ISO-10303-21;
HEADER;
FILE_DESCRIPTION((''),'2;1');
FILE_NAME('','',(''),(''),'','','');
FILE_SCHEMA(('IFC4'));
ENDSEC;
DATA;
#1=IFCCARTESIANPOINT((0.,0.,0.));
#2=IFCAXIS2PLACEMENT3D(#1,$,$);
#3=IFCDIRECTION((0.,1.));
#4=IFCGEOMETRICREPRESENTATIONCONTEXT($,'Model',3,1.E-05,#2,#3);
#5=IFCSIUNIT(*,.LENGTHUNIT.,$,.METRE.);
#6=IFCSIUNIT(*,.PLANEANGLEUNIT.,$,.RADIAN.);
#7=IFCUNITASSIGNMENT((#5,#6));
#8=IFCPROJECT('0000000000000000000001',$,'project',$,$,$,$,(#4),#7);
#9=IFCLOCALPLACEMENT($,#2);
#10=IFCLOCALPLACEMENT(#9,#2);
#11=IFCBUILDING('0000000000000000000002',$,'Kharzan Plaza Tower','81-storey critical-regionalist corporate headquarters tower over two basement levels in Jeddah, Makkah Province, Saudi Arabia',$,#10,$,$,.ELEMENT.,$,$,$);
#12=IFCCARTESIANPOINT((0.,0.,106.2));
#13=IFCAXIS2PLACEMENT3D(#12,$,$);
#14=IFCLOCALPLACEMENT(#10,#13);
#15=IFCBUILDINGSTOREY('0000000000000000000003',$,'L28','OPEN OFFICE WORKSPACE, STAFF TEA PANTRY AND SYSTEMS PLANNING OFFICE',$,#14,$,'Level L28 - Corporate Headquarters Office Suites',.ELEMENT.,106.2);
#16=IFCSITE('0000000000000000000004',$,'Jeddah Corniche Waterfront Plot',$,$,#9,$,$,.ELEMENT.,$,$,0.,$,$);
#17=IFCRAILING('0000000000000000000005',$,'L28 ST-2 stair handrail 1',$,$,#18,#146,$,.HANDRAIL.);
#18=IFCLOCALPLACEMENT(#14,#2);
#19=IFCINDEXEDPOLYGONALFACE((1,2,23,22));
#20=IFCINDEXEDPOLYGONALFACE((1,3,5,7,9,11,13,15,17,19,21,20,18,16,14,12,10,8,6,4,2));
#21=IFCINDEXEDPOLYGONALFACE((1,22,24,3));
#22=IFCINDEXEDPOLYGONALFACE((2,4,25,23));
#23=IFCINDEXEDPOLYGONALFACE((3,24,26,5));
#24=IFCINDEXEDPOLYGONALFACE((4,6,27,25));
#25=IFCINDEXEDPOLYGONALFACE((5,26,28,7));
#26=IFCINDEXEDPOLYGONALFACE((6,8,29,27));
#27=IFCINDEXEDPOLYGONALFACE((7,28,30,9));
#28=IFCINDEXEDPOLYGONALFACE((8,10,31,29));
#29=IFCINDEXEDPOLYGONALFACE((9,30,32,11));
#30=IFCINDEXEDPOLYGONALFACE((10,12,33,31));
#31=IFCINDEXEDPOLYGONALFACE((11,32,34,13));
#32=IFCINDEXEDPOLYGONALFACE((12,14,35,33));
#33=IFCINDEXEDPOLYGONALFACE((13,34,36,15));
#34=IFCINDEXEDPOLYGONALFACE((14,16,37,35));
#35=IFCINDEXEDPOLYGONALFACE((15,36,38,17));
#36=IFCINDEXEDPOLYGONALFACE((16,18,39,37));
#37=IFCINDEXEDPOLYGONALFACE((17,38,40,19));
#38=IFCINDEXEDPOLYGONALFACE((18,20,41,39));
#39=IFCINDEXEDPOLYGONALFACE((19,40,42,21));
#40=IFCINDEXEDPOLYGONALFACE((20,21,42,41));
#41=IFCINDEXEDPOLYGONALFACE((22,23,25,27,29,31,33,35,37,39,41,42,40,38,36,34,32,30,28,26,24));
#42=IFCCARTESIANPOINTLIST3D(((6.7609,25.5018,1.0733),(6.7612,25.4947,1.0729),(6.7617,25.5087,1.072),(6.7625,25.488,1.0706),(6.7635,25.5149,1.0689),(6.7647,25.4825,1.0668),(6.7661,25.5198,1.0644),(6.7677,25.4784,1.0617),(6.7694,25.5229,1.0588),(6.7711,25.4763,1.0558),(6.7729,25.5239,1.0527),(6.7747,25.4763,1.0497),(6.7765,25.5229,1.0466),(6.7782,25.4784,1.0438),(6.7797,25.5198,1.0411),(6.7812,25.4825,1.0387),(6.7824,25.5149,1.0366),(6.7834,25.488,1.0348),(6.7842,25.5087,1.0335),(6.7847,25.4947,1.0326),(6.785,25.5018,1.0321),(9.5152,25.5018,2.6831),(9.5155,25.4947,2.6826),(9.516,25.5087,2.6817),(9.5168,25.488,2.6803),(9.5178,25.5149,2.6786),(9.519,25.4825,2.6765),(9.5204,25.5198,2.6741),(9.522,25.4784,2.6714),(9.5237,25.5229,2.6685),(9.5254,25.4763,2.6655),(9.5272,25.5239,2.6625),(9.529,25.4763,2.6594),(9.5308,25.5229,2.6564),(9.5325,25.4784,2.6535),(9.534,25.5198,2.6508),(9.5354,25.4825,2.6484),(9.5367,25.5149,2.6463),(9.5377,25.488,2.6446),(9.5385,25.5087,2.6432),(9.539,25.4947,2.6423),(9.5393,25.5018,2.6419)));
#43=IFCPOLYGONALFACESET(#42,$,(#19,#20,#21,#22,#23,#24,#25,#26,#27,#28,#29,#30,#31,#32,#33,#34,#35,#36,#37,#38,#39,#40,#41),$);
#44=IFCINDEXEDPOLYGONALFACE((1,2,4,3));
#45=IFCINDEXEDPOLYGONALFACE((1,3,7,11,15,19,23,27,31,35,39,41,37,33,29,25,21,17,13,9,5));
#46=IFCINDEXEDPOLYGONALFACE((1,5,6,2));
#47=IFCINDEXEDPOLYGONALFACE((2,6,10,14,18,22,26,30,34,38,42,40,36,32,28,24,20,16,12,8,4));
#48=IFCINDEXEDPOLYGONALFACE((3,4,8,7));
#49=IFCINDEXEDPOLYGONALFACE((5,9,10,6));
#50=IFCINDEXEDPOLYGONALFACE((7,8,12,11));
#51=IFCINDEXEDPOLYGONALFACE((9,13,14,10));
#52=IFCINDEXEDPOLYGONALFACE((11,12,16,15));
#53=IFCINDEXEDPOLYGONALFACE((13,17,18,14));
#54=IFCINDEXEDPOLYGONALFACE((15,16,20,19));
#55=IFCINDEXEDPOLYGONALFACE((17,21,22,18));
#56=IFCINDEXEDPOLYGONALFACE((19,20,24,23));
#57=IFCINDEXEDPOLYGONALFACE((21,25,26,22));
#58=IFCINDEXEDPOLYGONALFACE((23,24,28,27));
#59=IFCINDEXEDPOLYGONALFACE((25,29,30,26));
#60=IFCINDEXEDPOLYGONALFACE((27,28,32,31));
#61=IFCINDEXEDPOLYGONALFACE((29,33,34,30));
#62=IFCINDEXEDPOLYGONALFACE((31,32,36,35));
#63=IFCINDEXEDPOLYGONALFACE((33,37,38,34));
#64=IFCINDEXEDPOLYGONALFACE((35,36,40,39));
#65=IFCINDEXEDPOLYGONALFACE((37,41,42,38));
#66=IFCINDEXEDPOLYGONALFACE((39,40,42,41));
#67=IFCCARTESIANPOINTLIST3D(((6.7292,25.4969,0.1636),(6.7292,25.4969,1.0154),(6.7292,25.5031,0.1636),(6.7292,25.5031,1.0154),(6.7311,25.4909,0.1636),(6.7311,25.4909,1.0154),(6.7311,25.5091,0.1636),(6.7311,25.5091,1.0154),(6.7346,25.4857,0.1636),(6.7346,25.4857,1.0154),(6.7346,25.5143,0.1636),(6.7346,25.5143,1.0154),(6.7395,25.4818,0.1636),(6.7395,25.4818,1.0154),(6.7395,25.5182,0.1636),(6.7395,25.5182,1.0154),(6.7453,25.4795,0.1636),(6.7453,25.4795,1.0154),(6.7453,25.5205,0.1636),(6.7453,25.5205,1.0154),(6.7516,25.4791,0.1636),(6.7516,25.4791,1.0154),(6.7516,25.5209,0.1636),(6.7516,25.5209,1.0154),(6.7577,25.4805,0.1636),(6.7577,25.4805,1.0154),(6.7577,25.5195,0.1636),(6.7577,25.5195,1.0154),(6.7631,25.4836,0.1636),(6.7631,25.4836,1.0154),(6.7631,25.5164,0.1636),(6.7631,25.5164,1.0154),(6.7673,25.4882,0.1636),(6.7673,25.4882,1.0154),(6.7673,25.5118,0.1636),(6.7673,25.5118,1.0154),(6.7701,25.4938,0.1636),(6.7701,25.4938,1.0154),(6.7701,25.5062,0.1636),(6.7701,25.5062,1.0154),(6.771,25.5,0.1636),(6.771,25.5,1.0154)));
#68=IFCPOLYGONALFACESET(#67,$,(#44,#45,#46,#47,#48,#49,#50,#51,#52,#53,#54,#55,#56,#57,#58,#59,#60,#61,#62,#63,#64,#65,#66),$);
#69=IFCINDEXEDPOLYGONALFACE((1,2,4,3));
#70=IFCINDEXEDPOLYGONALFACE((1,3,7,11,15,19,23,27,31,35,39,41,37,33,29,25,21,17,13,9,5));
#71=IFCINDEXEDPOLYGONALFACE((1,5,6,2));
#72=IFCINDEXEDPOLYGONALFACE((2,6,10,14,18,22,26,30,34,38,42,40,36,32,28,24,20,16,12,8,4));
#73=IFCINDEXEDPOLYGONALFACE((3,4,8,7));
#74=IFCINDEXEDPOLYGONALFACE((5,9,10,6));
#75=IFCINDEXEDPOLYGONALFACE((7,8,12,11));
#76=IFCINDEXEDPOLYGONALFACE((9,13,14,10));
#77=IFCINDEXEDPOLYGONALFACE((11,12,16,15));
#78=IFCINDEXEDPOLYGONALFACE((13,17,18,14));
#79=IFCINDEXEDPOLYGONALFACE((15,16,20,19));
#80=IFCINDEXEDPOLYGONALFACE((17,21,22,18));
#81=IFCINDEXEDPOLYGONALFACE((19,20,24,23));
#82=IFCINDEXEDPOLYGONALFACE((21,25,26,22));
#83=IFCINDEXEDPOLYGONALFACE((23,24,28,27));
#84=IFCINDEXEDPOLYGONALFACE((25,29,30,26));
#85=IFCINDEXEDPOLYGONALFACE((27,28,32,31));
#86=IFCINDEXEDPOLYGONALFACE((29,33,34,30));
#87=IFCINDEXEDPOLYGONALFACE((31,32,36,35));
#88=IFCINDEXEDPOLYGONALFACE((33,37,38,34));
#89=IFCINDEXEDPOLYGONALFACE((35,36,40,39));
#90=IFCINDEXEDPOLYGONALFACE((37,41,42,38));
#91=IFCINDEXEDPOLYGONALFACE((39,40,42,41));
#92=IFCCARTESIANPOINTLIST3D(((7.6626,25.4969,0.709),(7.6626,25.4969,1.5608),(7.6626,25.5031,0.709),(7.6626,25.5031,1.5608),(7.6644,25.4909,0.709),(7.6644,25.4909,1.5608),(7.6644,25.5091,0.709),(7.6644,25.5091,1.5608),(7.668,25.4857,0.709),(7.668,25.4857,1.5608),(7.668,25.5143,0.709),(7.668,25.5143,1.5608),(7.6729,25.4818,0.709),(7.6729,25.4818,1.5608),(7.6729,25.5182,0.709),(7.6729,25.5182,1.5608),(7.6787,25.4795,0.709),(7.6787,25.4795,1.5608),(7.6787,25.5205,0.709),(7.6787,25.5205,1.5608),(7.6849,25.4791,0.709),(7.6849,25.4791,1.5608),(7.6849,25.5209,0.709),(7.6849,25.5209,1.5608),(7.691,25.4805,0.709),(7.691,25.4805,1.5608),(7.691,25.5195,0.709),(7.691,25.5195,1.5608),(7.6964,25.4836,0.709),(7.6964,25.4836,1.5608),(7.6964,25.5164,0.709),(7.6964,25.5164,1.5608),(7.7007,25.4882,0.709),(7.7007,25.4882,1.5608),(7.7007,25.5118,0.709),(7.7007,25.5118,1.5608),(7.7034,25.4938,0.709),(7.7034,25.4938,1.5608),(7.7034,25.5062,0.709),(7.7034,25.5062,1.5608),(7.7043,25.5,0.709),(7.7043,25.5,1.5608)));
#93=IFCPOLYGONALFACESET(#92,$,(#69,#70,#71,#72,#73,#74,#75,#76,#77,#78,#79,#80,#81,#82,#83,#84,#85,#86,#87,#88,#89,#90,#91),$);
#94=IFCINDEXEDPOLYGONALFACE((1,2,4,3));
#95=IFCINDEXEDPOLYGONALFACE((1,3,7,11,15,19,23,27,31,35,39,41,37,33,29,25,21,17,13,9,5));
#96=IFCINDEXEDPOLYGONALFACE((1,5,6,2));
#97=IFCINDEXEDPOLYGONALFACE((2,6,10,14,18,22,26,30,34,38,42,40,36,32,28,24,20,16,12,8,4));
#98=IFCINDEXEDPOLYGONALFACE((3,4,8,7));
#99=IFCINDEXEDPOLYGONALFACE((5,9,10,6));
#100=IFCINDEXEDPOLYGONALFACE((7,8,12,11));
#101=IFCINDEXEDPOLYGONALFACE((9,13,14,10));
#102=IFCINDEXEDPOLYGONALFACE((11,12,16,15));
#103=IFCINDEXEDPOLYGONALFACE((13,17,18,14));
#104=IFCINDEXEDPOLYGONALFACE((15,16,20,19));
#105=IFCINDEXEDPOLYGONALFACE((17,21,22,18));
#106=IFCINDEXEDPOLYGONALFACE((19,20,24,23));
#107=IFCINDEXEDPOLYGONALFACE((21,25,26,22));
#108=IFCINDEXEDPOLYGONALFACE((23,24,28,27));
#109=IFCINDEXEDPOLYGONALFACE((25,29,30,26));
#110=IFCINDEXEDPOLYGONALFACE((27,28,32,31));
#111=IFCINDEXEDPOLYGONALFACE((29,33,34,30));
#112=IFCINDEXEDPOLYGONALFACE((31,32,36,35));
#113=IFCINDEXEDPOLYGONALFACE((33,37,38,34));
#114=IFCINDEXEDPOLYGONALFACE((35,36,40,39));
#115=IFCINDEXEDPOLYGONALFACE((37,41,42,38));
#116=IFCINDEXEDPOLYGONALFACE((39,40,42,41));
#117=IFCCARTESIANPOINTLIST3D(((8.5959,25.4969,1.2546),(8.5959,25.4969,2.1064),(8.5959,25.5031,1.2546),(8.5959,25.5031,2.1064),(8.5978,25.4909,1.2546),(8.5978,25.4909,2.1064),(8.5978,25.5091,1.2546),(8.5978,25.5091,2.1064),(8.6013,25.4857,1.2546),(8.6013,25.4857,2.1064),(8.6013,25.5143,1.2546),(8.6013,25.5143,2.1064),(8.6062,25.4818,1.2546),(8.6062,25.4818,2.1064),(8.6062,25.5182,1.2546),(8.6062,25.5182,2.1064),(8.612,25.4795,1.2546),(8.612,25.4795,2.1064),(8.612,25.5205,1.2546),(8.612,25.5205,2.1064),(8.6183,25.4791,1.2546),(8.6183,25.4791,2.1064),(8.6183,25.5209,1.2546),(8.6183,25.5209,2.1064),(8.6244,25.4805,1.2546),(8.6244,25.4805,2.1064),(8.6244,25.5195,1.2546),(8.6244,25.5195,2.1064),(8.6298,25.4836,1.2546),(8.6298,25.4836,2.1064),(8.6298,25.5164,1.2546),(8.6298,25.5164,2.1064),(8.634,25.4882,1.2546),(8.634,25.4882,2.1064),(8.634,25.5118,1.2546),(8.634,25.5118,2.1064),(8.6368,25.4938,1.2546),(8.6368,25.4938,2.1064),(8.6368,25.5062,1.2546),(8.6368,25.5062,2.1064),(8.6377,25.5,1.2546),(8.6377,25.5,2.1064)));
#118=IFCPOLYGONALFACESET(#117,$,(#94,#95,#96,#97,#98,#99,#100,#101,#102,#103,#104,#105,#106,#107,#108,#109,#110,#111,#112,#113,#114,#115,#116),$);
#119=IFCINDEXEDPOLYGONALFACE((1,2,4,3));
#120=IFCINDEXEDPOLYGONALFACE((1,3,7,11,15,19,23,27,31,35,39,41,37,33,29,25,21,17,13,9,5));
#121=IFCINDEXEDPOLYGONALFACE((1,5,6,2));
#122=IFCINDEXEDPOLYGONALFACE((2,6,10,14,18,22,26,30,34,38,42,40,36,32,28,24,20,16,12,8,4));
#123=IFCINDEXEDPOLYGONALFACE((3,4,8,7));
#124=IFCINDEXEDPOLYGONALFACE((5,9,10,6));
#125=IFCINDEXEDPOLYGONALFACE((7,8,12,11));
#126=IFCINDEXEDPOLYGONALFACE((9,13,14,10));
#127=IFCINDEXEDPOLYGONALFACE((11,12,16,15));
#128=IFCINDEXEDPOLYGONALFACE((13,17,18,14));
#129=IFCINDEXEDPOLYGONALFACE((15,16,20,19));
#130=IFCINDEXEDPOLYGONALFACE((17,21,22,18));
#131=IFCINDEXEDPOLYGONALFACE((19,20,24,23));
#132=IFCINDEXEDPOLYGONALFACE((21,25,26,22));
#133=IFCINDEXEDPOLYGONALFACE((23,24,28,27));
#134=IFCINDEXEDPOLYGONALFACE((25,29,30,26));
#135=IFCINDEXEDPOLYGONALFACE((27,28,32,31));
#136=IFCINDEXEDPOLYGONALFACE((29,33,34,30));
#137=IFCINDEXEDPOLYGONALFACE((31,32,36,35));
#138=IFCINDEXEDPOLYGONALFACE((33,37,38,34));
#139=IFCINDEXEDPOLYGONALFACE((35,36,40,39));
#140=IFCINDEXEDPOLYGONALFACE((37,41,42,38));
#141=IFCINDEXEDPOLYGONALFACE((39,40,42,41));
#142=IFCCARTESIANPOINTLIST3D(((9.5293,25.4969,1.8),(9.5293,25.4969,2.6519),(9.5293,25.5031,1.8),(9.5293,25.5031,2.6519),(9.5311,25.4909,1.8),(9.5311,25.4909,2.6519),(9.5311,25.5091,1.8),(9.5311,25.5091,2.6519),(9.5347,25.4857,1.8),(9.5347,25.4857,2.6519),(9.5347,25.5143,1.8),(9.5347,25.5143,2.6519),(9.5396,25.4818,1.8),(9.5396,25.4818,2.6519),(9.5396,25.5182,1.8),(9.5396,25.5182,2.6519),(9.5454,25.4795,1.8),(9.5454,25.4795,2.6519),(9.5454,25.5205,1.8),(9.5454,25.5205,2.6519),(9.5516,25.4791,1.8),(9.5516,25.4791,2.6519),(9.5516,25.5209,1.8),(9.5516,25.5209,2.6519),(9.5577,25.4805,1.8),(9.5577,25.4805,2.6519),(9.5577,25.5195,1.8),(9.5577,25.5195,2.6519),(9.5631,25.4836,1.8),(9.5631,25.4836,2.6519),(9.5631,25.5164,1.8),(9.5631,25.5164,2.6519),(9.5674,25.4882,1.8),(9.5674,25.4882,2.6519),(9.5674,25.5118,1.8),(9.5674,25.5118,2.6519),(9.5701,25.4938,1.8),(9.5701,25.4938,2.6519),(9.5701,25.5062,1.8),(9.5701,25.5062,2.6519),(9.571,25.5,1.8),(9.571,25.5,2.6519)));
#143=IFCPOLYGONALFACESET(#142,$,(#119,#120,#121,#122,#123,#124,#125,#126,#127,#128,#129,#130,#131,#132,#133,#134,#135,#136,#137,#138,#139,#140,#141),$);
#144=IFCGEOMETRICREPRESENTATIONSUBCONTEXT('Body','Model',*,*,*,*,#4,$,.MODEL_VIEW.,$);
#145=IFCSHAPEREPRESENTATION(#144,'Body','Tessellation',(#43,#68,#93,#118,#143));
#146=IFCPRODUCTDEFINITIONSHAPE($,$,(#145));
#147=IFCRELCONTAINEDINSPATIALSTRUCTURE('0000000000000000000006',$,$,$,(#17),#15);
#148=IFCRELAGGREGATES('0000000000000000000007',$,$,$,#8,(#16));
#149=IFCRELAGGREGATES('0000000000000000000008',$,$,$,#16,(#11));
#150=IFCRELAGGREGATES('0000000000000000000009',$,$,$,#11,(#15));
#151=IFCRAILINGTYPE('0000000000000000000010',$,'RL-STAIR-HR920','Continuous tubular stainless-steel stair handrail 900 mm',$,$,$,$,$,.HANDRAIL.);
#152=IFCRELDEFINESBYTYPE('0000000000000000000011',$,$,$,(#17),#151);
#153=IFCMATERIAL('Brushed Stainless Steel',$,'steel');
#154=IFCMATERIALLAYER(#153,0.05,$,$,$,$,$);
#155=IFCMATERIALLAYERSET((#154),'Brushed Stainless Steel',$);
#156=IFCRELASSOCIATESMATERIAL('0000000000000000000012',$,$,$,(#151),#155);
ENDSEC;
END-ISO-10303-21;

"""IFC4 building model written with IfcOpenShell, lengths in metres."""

from ifc_helpers import new_model, si_unit, direction, frame, origin, origin_2d, place, context, subcontext, project, spatial, circle, extrude, source, transform, mapped, material, layer, layer_set, type_object, element, save


model = new_model("IFC4")

# Units and contexts
model_context = context("Model", 3, precision=1e-05, world=origin(), true_north=direction((0.0, 1.0)))
body_context = subcontext(model_context, "Body", "Model", "MODEL_VIEW")
ifc_project = project(units=[si_unit("LENGTHUNIT", "METRE"), si_unit("PLANEANGLEUNIT", "RADIAN")], contexts=[model_context])

# Site, building, storey
site_placement = place(None, origin())
site = spatial("IfcSite", under=ifc_project, at=site_placement, Name="Jeddah Corniche Waterfront Plot", CompositionType="ELEMENT", RefElevation=0.0)
building_placement = place(site_placement, origin())
building = spatial("IfcBuilding", under=site, at=building_placement, Name="Kharzan Plaza Tower", Description="81-storey critical-regionalist corporate headquarters tower over two basement levels in Jeddah, Makkah Province, Saudi Arabia", CompositionType="ELEMENT")
storey_placement = place(building_placement, frame((0.0, 0.0, 106.2)))
storey = spatial("IfcBuildingStorey", under=building, at=storey_placement, Name="L28", Description="OPEN OFFICE WORKSPACE, STAFF TEA PANTRY AND SYSTEMS PLANNING OFFICE", LongName="Level L28 - Corporate Headquarters Office Suites", CompositionType="ELEMENT", Elevation=106.2)

# Shared definitions
ifc_material_1 = material(Name="Brushed Stainless Steel", Category="steel")

# Railing
ifc_layer_1 = layer(ifc_material_1, 0.05)
ifc_layer_set_1 = layer_set([ifc_layer_1], Name="Brushed Stainless Steel")
railing_type_1 = type_object("IfcRailingType", Name="RL-STAIR-HR920", Description="Continuous tubular stainless-steel stair handrail 900 mm", PredefinedType="HANDRAIL", material=ifc_layer_set_1)
shared_shape_1 = source(origin(), body_context, "Body", "SweptSolid", [
    extrude(circle(Radius=0.0239, at=origin_2d()), frame((0.0229, 0.0, 0.8892), z_axis=(0.863361, 0.0, 0.504587), x_axis=(0.0, 1.0, 0.0)), (0.0, 0.0, 1.0), 3.1902),
    extrude(circle(Radius=0.021, at=origin_2d()), origin(), (0.0, 0.0, 1.0), 0.8518),
    extrude(circle(Radius=0.021, at=origin_2d()), frame((0.9333, 0.0, 0.5454)), (0.0, 0.0, 1.0), 0.8518),
    extrude(circle(Radius=0.021, at=origin_2d()), frame((1.8667, 0.0, 1.0911)), (0.0, 0.0, 1.0), 0.8518),
    extrude(circle(Radius=0.021, at=origin_2d()), frame((2.8, 0.0, 1.6365)), (0.0, 0.0, 1.0), 0.8518),
])
railing_1_placement = place(storey_placement, frame((6.75, 25.5, 0.1636)))
element("IfcRailing", 1, at=railing_1_placement, inside=storey, type_object=railing_type_1, Name="L28 ST-2 stair handrail 1", PredefinedType="HANDRAIL", context=body_context, shape_type="MappedRepresentation", body=[
    mapped(shared_shape_1, transform((0.0, 0.0, 0.0), x_axis=(1.0, 0.0, 0.0), y_axis=(0.0, 1.0, 0.0), z_axis=(0.0, 0.0, 1.0))),
])

save(model, "model.ifc")
